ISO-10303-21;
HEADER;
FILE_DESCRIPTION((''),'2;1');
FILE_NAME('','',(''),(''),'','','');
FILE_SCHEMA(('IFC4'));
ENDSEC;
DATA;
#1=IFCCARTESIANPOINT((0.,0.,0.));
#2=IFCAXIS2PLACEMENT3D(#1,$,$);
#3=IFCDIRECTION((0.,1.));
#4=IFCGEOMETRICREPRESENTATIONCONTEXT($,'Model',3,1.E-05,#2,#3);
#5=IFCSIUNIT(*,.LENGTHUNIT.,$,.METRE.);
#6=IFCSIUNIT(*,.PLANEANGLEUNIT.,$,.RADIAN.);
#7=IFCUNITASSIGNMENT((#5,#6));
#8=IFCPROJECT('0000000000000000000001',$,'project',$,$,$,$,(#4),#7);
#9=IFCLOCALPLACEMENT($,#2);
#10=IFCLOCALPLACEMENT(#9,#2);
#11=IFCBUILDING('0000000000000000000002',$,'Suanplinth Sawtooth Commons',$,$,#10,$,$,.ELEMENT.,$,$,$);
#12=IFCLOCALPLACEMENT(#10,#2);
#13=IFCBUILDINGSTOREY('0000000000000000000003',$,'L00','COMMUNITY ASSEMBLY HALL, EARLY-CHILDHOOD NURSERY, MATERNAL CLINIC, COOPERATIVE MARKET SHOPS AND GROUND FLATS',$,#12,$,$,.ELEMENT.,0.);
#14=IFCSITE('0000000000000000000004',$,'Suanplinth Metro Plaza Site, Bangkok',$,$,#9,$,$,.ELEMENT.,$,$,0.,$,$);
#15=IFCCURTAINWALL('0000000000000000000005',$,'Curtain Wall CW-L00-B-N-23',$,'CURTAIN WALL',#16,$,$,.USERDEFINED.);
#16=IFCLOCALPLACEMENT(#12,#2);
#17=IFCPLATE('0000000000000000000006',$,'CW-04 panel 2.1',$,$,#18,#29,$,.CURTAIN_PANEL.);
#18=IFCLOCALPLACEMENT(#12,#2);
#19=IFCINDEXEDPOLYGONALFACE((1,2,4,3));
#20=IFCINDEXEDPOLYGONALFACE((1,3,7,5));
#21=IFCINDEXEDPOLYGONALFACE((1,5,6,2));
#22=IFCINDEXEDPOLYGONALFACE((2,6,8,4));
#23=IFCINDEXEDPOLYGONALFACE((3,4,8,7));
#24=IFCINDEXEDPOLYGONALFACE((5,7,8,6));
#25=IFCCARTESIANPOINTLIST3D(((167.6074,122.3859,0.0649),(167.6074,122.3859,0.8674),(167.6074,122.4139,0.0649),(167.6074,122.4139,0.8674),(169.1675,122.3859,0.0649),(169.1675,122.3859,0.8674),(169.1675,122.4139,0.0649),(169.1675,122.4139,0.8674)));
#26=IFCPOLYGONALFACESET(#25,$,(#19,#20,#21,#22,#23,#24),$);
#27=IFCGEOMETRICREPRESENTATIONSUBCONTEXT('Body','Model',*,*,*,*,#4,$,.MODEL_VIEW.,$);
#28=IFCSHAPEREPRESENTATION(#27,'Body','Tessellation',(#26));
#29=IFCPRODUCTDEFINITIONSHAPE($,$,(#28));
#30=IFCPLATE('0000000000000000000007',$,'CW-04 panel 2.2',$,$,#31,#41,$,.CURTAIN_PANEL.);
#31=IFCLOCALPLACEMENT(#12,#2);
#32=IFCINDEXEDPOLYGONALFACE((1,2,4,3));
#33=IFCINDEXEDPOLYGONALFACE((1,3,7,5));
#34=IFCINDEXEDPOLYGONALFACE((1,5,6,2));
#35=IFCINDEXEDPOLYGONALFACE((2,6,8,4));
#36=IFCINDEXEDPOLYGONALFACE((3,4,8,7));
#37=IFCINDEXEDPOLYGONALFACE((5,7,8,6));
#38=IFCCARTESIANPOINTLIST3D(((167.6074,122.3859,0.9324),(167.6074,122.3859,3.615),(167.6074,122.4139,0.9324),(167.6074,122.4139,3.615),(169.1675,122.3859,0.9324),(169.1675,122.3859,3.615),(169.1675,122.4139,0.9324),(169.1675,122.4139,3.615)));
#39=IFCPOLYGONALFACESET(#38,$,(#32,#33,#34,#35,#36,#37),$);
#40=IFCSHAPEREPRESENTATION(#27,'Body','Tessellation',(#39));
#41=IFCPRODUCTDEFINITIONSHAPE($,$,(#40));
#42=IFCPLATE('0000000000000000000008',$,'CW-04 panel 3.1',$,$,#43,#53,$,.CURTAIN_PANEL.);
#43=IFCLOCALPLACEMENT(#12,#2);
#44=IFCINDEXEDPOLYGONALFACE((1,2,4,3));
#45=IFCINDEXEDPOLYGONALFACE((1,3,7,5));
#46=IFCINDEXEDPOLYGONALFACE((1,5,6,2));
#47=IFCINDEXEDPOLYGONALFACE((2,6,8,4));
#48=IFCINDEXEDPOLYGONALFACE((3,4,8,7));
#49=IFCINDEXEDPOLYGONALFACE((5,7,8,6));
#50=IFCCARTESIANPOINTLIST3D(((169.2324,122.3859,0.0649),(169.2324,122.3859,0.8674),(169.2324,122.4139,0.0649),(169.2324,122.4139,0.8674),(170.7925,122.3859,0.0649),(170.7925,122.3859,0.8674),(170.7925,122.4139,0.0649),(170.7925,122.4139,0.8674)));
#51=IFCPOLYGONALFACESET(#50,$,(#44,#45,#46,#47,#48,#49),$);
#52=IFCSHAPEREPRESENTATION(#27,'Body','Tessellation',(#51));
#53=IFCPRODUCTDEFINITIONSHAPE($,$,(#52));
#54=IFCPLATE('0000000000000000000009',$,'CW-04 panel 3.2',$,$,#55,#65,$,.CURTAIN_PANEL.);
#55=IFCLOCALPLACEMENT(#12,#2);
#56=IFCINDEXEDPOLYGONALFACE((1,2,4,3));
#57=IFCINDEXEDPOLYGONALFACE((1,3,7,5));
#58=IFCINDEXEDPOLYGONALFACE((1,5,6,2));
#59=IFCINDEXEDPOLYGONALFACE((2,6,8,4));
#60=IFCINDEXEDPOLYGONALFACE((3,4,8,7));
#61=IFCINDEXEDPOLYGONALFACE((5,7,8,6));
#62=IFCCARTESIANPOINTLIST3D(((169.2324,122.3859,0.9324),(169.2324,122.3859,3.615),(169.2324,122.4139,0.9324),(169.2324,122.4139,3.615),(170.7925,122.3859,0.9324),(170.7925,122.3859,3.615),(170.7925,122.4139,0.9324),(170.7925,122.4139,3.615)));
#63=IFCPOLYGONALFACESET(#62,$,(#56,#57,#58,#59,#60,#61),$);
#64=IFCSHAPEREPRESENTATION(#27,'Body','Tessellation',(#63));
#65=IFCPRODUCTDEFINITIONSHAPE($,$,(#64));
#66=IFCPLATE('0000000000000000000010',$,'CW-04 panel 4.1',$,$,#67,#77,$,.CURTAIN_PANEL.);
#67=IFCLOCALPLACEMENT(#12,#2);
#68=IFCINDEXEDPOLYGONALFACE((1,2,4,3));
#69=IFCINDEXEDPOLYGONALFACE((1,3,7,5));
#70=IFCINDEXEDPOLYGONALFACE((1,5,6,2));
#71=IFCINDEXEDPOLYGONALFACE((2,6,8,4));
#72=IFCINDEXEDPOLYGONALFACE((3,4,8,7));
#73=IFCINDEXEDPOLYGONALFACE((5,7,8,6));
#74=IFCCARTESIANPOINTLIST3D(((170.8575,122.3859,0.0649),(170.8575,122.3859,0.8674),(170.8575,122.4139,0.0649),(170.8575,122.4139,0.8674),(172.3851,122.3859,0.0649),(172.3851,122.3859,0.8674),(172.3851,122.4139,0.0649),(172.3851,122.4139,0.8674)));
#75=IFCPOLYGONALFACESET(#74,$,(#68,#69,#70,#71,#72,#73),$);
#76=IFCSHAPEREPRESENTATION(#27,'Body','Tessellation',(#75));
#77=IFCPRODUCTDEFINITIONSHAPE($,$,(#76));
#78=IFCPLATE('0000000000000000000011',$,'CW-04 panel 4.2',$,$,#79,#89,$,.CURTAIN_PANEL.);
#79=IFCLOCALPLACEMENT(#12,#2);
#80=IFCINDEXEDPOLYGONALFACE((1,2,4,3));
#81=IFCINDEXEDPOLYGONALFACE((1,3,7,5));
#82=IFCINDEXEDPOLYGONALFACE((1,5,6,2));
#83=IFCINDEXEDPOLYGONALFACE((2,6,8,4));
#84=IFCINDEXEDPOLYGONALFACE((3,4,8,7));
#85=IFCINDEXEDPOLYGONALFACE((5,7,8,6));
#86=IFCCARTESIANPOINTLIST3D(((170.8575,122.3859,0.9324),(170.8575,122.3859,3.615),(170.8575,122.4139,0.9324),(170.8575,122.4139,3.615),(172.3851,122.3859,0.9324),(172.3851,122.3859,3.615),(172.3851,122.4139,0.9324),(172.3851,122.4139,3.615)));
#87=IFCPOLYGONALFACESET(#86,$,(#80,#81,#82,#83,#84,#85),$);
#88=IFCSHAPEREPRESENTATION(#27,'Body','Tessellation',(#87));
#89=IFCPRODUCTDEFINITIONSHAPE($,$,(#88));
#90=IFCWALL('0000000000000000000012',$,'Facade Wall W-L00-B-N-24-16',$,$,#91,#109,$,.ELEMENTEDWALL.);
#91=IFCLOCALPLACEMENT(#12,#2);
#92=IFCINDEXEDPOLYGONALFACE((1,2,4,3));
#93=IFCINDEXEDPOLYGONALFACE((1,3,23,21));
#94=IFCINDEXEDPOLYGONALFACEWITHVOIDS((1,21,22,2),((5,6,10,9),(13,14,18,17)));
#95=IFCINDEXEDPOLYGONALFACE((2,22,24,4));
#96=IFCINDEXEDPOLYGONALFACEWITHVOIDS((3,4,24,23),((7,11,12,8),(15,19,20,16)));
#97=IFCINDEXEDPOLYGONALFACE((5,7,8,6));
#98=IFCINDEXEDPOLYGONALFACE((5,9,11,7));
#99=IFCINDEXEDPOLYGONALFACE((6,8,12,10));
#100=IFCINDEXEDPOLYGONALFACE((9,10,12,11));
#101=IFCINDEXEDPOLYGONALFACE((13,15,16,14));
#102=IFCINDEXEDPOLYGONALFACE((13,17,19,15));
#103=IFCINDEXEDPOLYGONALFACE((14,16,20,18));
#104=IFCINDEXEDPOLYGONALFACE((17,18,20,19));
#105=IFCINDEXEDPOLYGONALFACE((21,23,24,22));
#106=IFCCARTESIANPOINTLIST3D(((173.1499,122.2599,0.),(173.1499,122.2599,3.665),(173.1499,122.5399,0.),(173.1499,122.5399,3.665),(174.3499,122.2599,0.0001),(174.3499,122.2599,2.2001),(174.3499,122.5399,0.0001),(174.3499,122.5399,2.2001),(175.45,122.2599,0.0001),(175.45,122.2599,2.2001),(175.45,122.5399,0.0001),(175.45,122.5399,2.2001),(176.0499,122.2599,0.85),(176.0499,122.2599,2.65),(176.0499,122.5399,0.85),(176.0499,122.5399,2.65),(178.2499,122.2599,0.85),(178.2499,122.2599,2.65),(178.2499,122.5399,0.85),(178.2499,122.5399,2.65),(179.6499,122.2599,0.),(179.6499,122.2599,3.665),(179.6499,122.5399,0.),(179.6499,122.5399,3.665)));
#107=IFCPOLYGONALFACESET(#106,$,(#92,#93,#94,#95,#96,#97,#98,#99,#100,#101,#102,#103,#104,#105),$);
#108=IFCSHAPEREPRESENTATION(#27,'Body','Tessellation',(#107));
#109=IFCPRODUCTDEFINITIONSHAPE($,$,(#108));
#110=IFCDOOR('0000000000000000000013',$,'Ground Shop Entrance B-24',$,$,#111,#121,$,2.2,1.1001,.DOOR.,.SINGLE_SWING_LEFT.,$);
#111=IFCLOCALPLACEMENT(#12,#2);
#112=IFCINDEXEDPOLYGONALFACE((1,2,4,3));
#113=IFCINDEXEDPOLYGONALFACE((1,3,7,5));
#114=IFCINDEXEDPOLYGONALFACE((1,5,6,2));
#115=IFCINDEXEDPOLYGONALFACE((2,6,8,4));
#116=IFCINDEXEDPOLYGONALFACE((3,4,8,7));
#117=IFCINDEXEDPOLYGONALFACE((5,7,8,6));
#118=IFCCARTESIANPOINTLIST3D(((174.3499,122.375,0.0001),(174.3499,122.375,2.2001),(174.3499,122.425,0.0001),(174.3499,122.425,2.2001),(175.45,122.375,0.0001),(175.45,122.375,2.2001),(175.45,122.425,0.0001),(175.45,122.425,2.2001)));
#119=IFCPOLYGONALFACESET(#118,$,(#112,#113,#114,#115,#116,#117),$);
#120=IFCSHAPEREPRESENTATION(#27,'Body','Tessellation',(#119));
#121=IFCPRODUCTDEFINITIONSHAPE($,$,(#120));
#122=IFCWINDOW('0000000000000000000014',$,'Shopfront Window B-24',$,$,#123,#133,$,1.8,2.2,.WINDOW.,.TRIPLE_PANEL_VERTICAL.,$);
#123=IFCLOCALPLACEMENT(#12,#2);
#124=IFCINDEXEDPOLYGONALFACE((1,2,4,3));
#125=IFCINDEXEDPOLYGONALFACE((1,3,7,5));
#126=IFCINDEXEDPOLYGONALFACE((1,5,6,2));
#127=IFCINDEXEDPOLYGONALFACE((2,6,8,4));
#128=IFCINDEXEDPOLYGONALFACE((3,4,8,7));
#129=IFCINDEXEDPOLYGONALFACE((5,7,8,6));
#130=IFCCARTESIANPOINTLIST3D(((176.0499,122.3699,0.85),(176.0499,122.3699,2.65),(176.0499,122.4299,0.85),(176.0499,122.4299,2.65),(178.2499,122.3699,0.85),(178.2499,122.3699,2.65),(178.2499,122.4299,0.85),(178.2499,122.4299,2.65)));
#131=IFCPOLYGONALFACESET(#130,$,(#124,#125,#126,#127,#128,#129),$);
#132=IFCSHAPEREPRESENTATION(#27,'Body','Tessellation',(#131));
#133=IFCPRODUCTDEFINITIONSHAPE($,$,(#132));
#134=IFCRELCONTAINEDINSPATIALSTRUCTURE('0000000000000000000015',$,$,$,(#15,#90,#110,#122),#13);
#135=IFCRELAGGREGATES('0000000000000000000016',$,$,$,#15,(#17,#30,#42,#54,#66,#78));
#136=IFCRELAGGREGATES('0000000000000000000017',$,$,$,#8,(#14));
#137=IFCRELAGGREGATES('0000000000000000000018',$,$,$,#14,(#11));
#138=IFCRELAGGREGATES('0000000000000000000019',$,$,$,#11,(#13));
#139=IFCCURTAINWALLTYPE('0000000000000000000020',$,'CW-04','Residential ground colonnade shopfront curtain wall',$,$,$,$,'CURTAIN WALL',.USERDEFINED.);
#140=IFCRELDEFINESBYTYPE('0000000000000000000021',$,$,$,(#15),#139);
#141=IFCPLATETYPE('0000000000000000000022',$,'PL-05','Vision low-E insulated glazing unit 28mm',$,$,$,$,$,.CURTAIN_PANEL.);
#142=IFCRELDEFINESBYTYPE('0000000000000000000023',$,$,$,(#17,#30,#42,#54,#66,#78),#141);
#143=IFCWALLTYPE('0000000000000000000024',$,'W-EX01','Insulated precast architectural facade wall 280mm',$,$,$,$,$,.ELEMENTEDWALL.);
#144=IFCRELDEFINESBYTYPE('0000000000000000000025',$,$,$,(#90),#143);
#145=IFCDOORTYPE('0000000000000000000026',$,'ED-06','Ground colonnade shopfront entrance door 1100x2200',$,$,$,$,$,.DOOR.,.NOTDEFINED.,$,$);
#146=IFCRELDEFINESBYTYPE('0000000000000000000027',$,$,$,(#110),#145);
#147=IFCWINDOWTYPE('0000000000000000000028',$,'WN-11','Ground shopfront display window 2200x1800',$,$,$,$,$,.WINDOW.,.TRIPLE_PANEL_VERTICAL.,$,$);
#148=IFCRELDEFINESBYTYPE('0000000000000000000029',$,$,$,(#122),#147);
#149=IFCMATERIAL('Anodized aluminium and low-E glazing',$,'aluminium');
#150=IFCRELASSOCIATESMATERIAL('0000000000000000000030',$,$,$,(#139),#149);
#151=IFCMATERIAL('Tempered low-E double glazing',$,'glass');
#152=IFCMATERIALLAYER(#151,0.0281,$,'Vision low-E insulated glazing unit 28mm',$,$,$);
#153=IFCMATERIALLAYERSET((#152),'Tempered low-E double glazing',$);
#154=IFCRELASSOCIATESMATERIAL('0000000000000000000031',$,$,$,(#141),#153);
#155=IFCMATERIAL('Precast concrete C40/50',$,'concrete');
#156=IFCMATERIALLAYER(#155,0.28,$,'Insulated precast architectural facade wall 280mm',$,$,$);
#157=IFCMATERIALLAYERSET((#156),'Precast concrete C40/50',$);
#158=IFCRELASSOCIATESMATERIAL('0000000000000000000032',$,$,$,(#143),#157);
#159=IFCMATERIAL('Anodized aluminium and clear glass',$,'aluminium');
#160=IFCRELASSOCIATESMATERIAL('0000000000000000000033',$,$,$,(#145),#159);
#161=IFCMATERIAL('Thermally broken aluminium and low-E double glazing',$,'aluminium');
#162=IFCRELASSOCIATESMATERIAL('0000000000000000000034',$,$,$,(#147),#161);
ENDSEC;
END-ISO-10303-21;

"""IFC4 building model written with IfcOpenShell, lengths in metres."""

from ifc_helpers import new_model, si_unit, direction, frame, frame_2d, origin, origin_2d, place, context, subcontext, project, spatial, rectangle, extrude, material, layer, layer_set, type_object, element, fill, aggregate, save


model = new_model("IFC4")

# Units and contexts
model_context = context("Model", 3, precision=1e-05, world=origin(), true_north=direction((0.0, 1.0)))
body_context = subcontext(model_context, "Body", "Model", "MODEL_VIEW")
ifc_project = project(units=[si_unit("LENGTHUNIT", "METRE"), si_unit("PLANEANGLEUNIT", "RADIAN")], contexts=[model_context])

# Site, building, storey
site_placement = place(None, origin())
site = spatial("IfcSite", under=ifc_project, at=site_placement, Name="Suanplinth Metro Plaza Site, Bangkok", CompositionType="ELEMENT", RefElevation=0.0)
building_placement = place(site_placement, origin())
building = spatial("IfcBuilding", under=site, at=building_placement, Name="Suanplinth Sawtooth Commons", CompositionType="ELEMENT")
storey_placement = place(building_placement, origin())
storey = spatial("IfcBuildingStorey", under=building, at=storey_placement, Name="L00", Description="COMMUNITY ASSEMBLY HALL, EARLY-CHILDHOOD NURSERY, MATERNAL CLINIC, COOPERATIVE MARKET SHOPS AND GROUND FLATS", CompositionType="ELEMENT", Elevation=0.0)

# Shared definitions
ifc_material_1 = material(Name="Precast concrete C40/50", Category="concrete")

# Curtain wall, plates
ifc_material_2 = material(Name="Anodized aluminium and low-E glazing", Category="aluminium")
curtain_wall_type = type_object("IfcCurtainWallType", Name="CW-04", Description="Residential ground colonnade shopfront curtain wall", ElementType="CURTAIN WALL", PredefinedType="USERDEFINED", material=ifc_material_2)
curtain_wall_placement = place(storey_placement, origin())
curtain_wall = element("IfcCurtainWall", 1, at=curtain_wall_placement, inside=storey, type_object=curtain_wall_type, Name="Curtain Wall CW-L00-B-N-23", ObjectType="CURTAIN WALL", PredefinedType="USERDEFINED")
ifc_material_3 = material(Name="Tempered low-E double glazing", Category="glass")
ifc_layer_1 = layer(ifc_material_3, 0.0281, Name="Vision low-E insulated glazing unit 28mm")
ifc_layer_set_1 = layer_set([ifc_layer_1], Name="Tempered low-E double glazing")
plate_type = type_object("IfcPlateType", Name="PL-05", Description="Vision low-E insulated glazing unit 28mm", PredefinedType="CURTAIN_PANEL", material=ifc_layer_set_1)
plate_1_placement = place(storey_placement, frame((168.3875, 122.3999, 0.0649), z_axis=(0.0, 0.0, 1.0), x_axis=(1.0, 0.0, 0.0)))
plate_1 = element("IfcPlate", 2, at=plate_1_placement, type_object=plate_type, Name="CW-04 panel 2.1", PredefinedType="CURTAIN_PANEL", context=body_context, shape_type="SweptSolid", body=[
    extrude(rectangle(XDim=1.5601, YDim=0.0281, at=origin_2d()), origin(), (0.0, 0.0, 1.0), 0.8025),
])
plate_2_placement = place(storey_placement, frame((168.3875, 122.3999, 0.9324), z_axis=(0.0, 0.0, 1.0), x_axis=(1.0, 0.0, 0.0)))
plate_2 = element("IfcPlate", 3, at=plate_2_placement, type_object=plate_type, Name="CW-04 panel 2.2", PredefinedType="CURTAIN_PANEL", context=body_context, shape_type="SweptSolid", body=[
    extrude(rectangle(XDim=1.5601, YDim=0.0281, at=origin_2d()), origin(), (0.0, 0.0, 1.0), 2.6826),
])
plate_3_placement = place(storey_placement, frame((170.0125, 122.3999, 0.0649), z_axis=(0.0, 0.0, 1.0), x_axis=(1.0, 0.0, 0.0)))
plate_3 = element("IfcPlate", 4, at=plate_3_placement, type_object=plate_type, Name="CW-04 panel 3.1", PredefinedType="CURTAIN_PANEL", context=body_context, shape_type="SweptSolid", body=[
    extrude(rectangle(XDim=1.5601, YDim=0.0281, at=origin_2d()), origin(), (0.0, 0.0, 1.0), 0.8025),
])
plate_4_placement = place(storey_placement, frame((170.0125, 122.3999, 0.9324), z_axis=(0.0, 0.0, 1.0), x_axis=(1.0, 0.0, 0.0)))
plate_4 = element("IfcPlate", 5, at=plate_4_placement, type_object=plate_type, Name="CW-04 panel 3.2", PredefinedType="CURTAIN_PANEL", context=body_context, shape_type="SweptSolid", body=[
    extrude(rectangle(XDim=1.5601, YDim=0.0281, at=origin_2d()), origin(), (0.0, 0.0, 1.0), 2.6826),
])
plate_5_placement = place(storey_placement, frame((171.6213, 122.3999, 0.0649), z_axis=(0.0, 0.0, 1.0), x_axis=(1.0, 0.0, 0.0)))
plate_5 = element("IfcPlate", 6, at=plate_5_placement, type_object=plate_type, Name="CW-04 panel 4.1", PredefinedType="CURTAIN_PANEL", context=body_context, shape_type="SweptSolid", body=[
    extrude(rectangle(XDim=1.5276, YDim=0.0281, at=origin_2d()), origin(), (0.0, 0.0, 1.0), 0.8025),
])
plate_6_placement = place(storey_placement, frame((171.6213, 122.3999, 0.9324), z_axis=(0.0, 0.0, 1.0), x_axis=(1.0, 0.0, 0.0)))
plate_6 = element("IfcPlate", 7, at=plate_6_placement, type_object=plate_type, Name="CW-04 panel 4.2", PredefinedType="CURTAIN_PANEL", context=body_context, shape_type="SweptSolid", body=[
    extrude(rectangle(XDim=1.5276, YDim=0.0281, at=origin_2d()), origin(), (0.0, 0.0, 1.0), 2.6826),
])
aggregate(curtain_wall, [plate_1, plate_2, plate_3, plate_4, plate_5, plate_6])

# Wall, openings, door, window
ifc_layer_2 = layer(ifc_material_1, 0.28, Name="Insulated precast architectural facade wall 280mm")
ifc_layer_set_2 = layer_set([ifc_layer_2], Name="Precast concrete C40/50")
wall_type = type_object("IfcWallType", Name="W-EX01", Description="Insulated precast architectural facade wall 280mm", PredefinedType="ELEMENTEDWALL", material=ifc_layer_set_2)
wall_placement = place(storey_placement, frame((173.1499, 122.3999, 0.0), z_axis=(0.0, 0.0, 1.0), x_axis=(1.0, 0.0, 0.0)))
wall = element("IfcWall", 8, at=wall_placement, inside=storey, type_object=wall_type, Name="Facade Wall W-L00-B-N-24-16", PredefinedType="ELEMENTEDWALL", context=body_context, shape_type="SweptSolid", body=[
    extrude(rectangle(XDim=6.5, YDim=0.28, at=frame_2d((3.25, 0.0))), origin(), (0.0, 0.0, 1.0), 3.665),
])
opening_1_placement = place(wall_placement, frame((1.2, 0.0, 0.0)))
opening_1 = element("IfcOpeningElement", 9, at=opening_1_placement, cuts=wall, PredefinedType="OPENING", context=body_context, shape_type="SweptSolid", body=[
    extrude(rectangle(XDim=1.1001, YDim=2.2, at=frame_2d((0.55, 1.1001))), frame((0.0, 0.1548, 0.0), z_axis=(0.0, -1.0, 0.0), x_axis=(1.0, 0.0, 0.0)), (0.0, 0.0, 1.0), 0.3098),
])
opening_2_placement = place(wall_placement, frame((2.8999, 0.0, 0.8501)))
opening_2 = element("IfcOpeningElement", 10, at=opening_2_placement, cuts=wall, PredefinedType="OPENING", context=body_context, shape_type="SweptSolid", body=[
    extrude(rectangle(XDim=2.2, YDim=1.8, at=frame_2d((1.1001, 0.8999))), frame((0.0, 0.1548, 0.0), z_axis=(0.0, -1.0, 0.0), x_axis=(1.0, 0.0, 0.0)), (0.0, 0.0, 1.0), 0.3098),
])
ifc_material_4 = material(Name="Anodized aluminium and clear glass", Category="aluminium")
door_type = type_object("IfcDoorType", Name="ED-06", Description="Ground colonnade shopfront entrance door 1100x2200", OperationType="NOTDEFINED", PredefinedType="DOOR", material=ifc_material_4)
door_placement = place(opening_1_placement, frame((1.1001, 0.0, 0.0), z_axis=(0.0, 0.0, 1.0), x_axis=(-1.0, 0.0, 0.0)))
door = element("IfcDoor", 11, at=door_placement, inside=storey, type_object=door_type, Name="Ground Shop Entrance B-24", OperationType="SINGLE_SWING_LEFT", OverallHeight=2.2, OverallWidth=1.1001, PredefinedType="DOOR", context=body_context, shape_type="SweptSolid", body=[
    extrude(rectangle(XDim=1.1001, YDim=2.2, at=frame_2d((0.55, 1.1001))), frame((0.0, 0.0249, 0.0), z_axis=(0.0, -1.0, 0.0), x_axis=(1.0, 0.0, 0.0)), (0.0, 0.0, 1.0), 0.05),
])
fill(opening_1, door)
ifc_material_5 = material(Name="Thermally broken aluminium and low-E double glazing", Category="aluminium")
window_type = type_object("IfcWindowType", Name="WN-11", Description="Ground shopfront display window 2200x1800", PartitioningType="TRIPLE_PANEL_VERTICAL", PredefinedType="WINDOW", material=ifc_material_5)
window_placement = place(opening_2_placement, origin())
window = element("IfcWindow", 12, at=window_placement, inside=storey, type_object=window_type, Name="Shopfront Window B-24", OverallHeight=1.8, OverallWidth=2.2, PartitioningType="TRIPLE_PANEL_VERTICAL", PredefinedType="WINDOW", context=body_context, shape_type="SweptSolid", body=[
    extrude(rectangle(XDim=2.2, YDim=1.8, at=frame_2d((1.1001, 0.8999))), frame((0.0, 0.03, 0.0), z_axis=(0.0, -1.0, 0.0), x_axis=(1.0, 0.0, 0.0)), (0.0, 0.0, 1.0), 0.0601),
])
fill(opening_2, window)

save(model, "model.ifc")
